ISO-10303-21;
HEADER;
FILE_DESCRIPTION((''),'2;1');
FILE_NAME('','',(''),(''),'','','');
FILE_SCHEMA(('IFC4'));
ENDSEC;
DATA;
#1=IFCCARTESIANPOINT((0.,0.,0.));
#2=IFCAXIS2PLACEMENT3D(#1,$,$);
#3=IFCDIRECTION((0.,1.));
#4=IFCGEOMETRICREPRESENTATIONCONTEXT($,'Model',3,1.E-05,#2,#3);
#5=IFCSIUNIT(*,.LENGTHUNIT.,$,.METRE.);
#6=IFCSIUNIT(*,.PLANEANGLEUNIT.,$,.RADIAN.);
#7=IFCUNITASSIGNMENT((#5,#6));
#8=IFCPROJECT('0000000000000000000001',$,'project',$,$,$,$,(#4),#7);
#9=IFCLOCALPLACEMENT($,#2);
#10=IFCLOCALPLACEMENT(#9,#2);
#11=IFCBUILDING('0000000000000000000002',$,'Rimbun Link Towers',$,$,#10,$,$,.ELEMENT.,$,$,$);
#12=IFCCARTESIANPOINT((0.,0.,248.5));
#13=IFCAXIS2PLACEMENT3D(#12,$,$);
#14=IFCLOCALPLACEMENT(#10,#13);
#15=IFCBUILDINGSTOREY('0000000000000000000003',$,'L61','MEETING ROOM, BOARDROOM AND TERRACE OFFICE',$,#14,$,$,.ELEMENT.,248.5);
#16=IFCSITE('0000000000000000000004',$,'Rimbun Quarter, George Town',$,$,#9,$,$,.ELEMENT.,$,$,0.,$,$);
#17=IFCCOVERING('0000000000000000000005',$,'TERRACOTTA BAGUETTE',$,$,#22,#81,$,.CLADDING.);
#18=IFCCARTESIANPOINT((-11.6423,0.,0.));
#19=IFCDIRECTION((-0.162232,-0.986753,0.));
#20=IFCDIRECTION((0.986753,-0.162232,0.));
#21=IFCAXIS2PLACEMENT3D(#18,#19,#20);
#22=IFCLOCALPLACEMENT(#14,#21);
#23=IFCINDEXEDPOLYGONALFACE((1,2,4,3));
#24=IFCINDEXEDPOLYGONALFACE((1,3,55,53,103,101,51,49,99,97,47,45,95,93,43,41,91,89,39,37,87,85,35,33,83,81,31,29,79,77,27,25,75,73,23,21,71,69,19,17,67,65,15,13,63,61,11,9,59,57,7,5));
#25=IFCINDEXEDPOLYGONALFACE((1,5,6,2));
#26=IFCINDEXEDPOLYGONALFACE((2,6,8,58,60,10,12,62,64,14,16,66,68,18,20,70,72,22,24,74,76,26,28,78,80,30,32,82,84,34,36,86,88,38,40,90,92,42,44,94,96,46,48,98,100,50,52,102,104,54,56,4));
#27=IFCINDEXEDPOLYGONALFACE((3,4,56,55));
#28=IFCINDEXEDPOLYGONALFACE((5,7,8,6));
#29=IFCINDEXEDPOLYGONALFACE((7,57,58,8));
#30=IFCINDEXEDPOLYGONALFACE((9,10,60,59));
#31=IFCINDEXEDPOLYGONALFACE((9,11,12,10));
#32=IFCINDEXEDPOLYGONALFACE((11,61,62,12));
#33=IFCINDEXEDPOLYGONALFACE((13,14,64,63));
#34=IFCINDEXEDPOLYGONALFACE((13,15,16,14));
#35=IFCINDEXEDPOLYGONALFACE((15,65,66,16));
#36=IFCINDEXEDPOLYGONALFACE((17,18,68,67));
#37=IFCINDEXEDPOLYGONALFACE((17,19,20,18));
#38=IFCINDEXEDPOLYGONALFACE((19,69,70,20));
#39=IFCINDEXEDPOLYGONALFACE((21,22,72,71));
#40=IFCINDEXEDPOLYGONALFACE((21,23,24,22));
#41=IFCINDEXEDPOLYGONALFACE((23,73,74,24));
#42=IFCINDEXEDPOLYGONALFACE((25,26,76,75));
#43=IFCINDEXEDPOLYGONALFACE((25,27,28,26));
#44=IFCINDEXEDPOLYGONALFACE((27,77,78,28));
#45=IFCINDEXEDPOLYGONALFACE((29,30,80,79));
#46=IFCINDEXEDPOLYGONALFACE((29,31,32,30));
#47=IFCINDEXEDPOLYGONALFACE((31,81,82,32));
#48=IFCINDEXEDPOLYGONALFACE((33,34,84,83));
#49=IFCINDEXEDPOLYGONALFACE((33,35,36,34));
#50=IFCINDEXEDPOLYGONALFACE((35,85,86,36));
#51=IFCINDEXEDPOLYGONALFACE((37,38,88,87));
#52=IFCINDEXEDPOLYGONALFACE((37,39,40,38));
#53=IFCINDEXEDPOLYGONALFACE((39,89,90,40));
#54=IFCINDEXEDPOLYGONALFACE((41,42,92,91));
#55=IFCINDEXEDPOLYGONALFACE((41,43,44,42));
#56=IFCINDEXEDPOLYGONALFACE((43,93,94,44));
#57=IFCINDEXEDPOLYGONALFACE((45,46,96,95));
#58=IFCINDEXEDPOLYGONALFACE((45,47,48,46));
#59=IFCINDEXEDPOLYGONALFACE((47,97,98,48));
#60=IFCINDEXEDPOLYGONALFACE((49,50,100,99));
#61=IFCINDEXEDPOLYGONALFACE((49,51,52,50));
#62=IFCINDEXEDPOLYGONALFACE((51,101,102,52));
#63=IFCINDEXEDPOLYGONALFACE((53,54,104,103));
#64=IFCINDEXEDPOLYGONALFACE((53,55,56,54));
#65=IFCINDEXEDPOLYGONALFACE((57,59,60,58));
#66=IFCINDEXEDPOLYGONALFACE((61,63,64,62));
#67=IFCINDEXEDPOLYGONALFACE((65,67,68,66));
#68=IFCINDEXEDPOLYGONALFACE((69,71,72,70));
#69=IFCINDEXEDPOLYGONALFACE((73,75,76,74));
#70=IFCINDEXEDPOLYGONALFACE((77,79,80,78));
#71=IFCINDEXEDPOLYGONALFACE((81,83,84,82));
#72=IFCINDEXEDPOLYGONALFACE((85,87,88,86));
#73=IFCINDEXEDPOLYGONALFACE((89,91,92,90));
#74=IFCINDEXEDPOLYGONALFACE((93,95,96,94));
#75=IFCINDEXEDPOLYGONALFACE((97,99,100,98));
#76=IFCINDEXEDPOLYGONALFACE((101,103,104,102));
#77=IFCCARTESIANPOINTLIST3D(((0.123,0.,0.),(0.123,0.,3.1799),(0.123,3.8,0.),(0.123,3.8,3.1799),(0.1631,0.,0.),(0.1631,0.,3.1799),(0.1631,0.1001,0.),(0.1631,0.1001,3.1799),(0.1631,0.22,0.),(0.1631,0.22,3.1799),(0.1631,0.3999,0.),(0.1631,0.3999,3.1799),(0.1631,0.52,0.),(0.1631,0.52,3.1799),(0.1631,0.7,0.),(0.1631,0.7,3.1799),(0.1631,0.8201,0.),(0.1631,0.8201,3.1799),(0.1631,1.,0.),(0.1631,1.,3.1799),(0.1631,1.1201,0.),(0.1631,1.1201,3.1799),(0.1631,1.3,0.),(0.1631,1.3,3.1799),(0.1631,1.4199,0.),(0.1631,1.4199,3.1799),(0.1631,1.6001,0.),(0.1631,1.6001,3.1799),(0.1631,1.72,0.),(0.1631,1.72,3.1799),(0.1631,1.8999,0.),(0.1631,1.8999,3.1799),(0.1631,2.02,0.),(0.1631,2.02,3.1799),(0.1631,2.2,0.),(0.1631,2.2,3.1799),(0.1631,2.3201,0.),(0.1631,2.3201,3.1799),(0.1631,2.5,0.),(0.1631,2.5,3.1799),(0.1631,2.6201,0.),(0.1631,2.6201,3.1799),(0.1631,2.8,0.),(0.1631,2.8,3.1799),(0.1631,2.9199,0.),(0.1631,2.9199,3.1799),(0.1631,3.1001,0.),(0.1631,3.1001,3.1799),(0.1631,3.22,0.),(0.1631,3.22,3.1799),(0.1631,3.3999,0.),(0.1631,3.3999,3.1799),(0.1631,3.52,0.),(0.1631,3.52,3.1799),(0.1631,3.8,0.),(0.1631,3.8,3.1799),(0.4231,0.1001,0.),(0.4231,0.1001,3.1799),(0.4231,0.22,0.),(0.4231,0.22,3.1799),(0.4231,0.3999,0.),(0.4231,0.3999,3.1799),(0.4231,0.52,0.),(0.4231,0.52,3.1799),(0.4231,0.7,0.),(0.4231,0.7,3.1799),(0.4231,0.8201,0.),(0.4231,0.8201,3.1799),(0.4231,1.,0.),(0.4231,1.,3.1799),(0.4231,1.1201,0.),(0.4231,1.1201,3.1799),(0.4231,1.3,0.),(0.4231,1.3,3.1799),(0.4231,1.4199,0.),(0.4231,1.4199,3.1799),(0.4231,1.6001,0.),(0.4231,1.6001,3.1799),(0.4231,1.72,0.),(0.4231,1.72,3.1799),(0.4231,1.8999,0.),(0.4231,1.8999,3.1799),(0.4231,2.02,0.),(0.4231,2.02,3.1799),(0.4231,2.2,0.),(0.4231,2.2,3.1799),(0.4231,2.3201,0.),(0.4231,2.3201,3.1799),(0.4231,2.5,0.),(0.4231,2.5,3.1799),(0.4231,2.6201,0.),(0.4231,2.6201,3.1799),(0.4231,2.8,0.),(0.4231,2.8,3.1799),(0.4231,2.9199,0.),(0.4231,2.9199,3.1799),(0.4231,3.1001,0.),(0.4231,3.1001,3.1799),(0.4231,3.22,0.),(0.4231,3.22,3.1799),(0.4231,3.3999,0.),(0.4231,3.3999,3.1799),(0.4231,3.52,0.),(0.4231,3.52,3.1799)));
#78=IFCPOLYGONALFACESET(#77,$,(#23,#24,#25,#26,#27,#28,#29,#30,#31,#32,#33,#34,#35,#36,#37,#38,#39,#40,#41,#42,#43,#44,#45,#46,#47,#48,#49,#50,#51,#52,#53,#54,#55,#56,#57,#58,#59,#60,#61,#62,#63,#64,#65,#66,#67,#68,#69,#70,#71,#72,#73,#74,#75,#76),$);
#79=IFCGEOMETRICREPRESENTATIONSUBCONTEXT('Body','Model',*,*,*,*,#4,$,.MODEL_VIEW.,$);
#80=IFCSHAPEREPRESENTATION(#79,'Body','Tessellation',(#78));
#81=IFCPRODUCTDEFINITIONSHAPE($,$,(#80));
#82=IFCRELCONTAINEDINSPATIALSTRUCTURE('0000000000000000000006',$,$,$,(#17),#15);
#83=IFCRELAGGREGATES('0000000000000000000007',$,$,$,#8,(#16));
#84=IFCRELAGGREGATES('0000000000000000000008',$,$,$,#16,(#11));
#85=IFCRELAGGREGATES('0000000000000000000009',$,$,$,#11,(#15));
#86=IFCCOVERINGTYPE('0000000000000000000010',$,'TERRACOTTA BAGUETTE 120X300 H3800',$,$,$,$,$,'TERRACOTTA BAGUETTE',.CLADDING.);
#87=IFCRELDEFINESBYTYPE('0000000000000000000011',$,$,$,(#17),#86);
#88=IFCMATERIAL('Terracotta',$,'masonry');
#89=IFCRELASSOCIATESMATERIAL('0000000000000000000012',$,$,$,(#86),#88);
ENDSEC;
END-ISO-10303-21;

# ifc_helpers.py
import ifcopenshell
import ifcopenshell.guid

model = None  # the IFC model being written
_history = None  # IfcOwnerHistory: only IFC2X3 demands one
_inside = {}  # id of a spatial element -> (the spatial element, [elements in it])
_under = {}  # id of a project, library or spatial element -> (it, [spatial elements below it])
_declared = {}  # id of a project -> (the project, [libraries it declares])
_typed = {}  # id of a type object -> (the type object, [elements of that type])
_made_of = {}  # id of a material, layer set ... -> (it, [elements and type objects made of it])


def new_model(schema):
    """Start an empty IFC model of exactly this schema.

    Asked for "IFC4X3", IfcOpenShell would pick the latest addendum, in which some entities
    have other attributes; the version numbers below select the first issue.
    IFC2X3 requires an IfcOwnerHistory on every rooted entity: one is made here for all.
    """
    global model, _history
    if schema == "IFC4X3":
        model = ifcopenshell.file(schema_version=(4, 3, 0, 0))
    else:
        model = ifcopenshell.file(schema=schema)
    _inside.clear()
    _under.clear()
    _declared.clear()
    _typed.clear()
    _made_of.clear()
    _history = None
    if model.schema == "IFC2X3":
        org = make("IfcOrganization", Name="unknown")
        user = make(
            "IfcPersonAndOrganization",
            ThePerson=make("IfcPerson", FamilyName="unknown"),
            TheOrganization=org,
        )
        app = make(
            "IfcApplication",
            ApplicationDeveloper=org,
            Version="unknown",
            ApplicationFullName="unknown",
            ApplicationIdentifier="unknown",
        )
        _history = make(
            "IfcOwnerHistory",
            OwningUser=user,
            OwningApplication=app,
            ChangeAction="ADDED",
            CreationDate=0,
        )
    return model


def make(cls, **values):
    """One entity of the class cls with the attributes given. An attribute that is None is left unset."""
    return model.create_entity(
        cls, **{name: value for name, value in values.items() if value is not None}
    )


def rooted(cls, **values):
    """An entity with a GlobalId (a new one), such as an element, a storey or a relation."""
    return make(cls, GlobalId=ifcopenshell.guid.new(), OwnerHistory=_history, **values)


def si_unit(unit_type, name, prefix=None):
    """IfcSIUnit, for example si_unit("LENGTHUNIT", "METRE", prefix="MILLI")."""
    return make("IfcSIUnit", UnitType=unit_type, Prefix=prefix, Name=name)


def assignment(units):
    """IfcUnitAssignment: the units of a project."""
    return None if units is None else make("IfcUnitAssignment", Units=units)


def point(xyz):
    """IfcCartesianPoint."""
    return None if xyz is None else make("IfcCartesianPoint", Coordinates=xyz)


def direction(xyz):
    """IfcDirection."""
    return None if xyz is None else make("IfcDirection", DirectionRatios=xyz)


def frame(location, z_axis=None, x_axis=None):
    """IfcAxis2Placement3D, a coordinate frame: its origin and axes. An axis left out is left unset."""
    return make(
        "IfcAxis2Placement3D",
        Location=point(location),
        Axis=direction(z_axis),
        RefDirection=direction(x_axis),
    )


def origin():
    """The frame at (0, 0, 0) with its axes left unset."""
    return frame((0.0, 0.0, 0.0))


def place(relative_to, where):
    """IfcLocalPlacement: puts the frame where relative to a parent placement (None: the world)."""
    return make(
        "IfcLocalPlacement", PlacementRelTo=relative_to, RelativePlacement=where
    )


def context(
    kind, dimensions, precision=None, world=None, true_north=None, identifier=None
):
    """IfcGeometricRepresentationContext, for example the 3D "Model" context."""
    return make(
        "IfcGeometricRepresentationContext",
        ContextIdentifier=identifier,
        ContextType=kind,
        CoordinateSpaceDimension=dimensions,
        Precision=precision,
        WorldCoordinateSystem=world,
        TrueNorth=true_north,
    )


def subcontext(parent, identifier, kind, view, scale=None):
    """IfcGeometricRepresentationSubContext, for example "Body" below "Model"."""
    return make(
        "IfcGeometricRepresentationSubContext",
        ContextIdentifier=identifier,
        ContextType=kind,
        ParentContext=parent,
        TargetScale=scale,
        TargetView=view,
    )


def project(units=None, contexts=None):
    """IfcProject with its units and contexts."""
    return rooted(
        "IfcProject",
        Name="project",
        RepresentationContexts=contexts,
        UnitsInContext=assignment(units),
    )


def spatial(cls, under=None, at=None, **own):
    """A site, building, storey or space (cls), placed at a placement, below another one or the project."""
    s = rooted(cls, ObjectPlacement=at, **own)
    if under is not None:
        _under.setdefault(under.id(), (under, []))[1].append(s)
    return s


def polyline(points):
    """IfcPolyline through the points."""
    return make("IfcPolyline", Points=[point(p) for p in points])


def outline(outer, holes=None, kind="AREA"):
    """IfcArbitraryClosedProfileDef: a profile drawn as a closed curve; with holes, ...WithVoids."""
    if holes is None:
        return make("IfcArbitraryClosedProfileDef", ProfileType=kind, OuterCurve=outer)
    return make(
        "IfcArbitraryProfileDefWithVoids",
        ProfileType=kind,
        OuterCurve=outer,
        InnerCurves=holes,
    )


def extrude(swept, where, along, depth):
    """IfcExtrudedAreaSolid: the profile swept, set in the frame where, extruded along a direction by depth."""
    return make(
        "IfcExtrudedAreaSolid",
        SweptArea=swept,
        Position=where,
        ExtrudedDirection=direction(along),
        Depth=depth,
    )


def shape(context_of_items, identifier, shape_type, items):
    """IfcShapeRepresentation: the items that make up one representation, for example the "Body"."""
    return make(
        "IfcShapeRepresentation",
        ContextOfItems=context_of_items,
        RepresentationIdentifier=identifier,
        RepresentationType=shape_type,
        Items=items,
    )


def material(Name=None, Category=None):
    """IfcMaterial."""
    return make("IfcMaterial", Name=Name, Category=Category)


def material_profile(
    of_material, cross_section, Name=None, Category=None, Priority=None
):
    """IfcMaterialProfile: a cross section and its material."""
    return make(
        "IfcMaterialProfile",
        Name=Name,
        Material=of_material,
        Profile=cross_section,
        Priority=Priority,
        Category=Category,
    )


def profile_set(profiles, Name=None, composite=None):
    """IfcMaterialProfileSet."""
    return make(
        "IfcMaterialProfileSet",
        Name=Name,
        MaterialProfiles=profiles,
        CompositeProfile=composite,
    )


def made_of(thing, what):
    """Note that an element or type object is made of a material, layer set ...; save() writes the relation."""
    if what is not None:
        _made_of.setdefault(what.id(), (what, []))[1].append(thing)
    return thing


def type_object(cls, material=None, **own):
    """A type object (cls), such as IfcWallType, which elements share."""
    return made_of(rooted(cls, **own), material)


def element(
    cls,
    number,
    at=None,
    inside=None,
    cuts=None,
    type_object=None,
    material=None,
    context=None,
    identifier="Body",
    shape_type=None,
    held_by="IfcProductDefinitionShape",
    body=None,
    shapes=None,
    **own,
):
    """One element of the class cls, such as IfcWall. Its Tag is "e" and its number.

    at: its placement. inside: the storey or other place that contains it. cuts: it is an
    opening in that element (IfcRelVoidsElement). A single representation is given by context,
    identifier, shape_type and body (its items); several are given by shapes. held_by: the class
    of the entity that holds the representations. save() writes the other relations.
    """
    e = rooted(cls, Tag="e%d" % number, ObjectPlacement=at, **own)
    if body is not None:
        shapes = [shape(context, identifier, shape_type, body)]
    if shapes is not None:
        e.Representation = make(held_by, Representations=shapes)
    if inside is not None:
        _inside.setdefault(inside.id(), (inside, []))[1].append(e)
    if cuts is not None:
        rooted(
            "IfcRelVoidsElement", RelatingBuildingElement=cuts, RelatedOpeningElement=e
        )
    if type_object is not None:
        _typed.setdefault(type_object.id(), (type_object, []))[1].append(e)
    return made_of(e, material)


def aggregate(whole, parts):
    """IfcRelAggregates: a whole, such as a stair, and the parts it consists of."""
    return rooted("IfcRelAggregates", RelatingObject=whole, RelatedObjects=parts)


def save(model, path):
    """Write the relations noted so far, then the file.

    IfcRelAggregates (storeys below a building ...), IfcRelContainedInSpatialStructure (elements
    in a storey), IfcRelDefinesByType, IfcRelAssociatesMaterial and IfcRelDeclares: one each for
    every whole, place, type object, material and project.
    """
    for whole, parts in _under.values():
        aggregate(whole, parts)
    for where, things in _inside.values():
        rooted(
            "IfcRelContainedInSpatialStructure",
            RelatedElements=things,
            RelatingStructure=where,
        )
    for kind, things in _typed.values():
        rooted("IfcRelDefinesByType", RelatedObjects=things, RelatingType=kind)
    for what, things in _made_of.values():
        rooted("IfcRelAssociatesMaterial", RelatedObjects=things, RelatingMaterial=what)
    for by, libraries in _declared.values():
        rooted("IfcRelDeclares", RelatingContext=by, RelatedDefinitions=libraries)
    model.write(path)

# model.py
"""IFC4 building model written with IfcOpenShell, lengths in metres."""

from ifc_helpers import new_model, si_unit, direction, frame, origin, place, context, subcontext, project, spatial, polyline, outline, extrude, material, material_profile, profile_set, type_object, element, save


model = new_model("IFC4")

# Units and contexts
model_context = context("Model", 3, precision=1e-05, world=origin(), true_north=direction((0.0, 1.0)))
body_context = subcontext(model_context, "Body", "Model", "MODEL_VIEW")
ifc_project = project(units=[si_unit("LENGTHUNIT", "METRE"), si_unit("PLANEANGLEUNIT", "RADIAN")], contexts=[model_context])

# Site, building, storey
site_placement = place(None, origin())
site = spatial("IfcSite", under=ifc_project, at=site_placement, Name="Rimbun Quarter, George Town", CompositionType="ELEMENT", RefElevation=0.0)
building_placement = place(site_placement, origin())
building = spatial("IfcBuilding", under=site, at=building_placement, Name="Rimbun Link Towers", CompositionType="ELEMENT")
storey_placement = place(building_placement, frame((0.0, 0.0, 248.5)))
storey = spatial("IfcBuildingStorey", under=building, at=storey_placement, Name="L61", Description="MEETING ROOM, BOARDROOM AND TERRACE OFFICE", CompositionType="ELEMENT", Elevation=248.5)

# Covering
ifc_material_1 = material(Name="Terracotta", Category="masonry")
ifc_material_profile_1 = material_profile(ifc_material_1, outline(polyline([(0.123, 0.0), (0.1631, 0.0), (0.1631, 0.1001), (0.4231, 0.1001), (0.4231, 0.22), (0.1631, 0.22), (0.1631, 0.3999), (0.4231, 0.3999), (0.4231, 0.52), (0.1631, 0.52), (0.1631, 0.7), (0.4231, 0.7), (0.4231, 0.8201), (0.1631, 0.8201), (0.1631, 1.0), (0.4231, 1.0), (0.4231, 1.1201), (0.1631, 1.1201), (0.1631, 1.3), (0.4231, 1.3), (0.4231, 1.4199), (0.1631, 1.4199), (0.1631, 1.6001), (0.4231, 1.6001), (0.4231, 1.72), (0.1631, 1.72), (0.1631, 1.8999), (0.4231, 1.8999), (0.4231, 2.02), (0.1631, 2.02), (0.1631, 2.2), (0.4231, 2.2), (0.4231, 2.3201), (0.1631, 2.3201), (0.1631, 2.5), (0.4231, 2.5), (0.4231, 2.6201), (0.1631, 2.6201), (0.1631, 2.8), (0.4231, 2.8), (0.4231, 2.9199), (0.1631, 2.9199), (0.1631, 3.1001), (0.4231, 3.1001), (0.4231, 3.22), (0.1631, 3.22), (0.1631, 3.3999), (0.4231, 3.3999), (0.4231, 3.52), (0.1631, 3.52), (0.1631, 3.8), (0.123, 3.8), (0.123, 0.0)])), Name="BAGUETTE 120X300")
ifc_profile_set_1 = profile_set([ifc_material_profile_1], Name="Terracotta")
covering_type = type_object("IfcCoveringType", Name="TERRACOTTA BAGUETTE 120X300 H3800", ElementType="TERRACOTTA BAGUETTE", PredefinedType="CLADDING", material=ifc_profile_set_1)
covering_placement = place(storey_placement, frame((-11.6423, 0.0, 0.0), z_axis=(-0.162232, -0.986753, 0.0), x_axis=(0.986753, -0.162232, 0.0)))
element("IfcCovering", 1, at=covering_placement, inside=storey, type_object=covering_type, Name="TERRACOTTA BAGUETTE", PredefinedType="CLADDING", context=body_context, shape_type="SweptSolid", body=[
    extrude(outline(polyline([(0.123, 0.0), (0.1631, 0.0), (0.1631, 0.1001), (0.4231, 0.1001), (0.4231, 0.22), (0.1631, 0.22), (0.1631, 0.3999), (0.4231, 0.3999), (0.4231, 0.52), (0.1631, 0.52), (0.1631, 0.7), (0.4231, 0.7), (0.4231, 0.8201), (0.1631, 0.8201), (0.1631, 1.0), (0.4231, 1.0), (0.4231, 1.1201), (0.1631, 1.1201), (0.1631, 1.3), (0.4231, 1.3), (0.4231, 1.4199), (0.1631, 1.4199), (0.1631, 1.6001), (0.4231, 1.6001), (0.4231, 1.72), (0.1631, 1.72), (0.1631, 1.8999), (0.4231, 1.8999), (0.4231, 2.02), (0.1631, 2.02), (0.1631, 2.2), (0.4231, 2.2), (0.4231, 2.3201), (0.1631, 2.3201), (0.1631, 2.5), (0.4231, 2.5), (0.4231, 2.6201), (0.1631, 2.6201), (0.1631, 2.8), (0.4231, 2.8), (0.4231, 2.9199), (0.1631, 2.9199), (0.1631, 3.1001), (0.4231, 3.1001), (0.4231, 3.22), (0.1631, 3.22), (0.1631, 3.3999), (0.4231, 3.3999), (0.4231, 3.52), (0.1631, 3.52), (0.1631, 3.8), (0.123, 3.8), (0.123, 0.0)])), origin(), (0.0, 0.0, 1.0), 3.1799),
])

save(model, "model.ifc")
